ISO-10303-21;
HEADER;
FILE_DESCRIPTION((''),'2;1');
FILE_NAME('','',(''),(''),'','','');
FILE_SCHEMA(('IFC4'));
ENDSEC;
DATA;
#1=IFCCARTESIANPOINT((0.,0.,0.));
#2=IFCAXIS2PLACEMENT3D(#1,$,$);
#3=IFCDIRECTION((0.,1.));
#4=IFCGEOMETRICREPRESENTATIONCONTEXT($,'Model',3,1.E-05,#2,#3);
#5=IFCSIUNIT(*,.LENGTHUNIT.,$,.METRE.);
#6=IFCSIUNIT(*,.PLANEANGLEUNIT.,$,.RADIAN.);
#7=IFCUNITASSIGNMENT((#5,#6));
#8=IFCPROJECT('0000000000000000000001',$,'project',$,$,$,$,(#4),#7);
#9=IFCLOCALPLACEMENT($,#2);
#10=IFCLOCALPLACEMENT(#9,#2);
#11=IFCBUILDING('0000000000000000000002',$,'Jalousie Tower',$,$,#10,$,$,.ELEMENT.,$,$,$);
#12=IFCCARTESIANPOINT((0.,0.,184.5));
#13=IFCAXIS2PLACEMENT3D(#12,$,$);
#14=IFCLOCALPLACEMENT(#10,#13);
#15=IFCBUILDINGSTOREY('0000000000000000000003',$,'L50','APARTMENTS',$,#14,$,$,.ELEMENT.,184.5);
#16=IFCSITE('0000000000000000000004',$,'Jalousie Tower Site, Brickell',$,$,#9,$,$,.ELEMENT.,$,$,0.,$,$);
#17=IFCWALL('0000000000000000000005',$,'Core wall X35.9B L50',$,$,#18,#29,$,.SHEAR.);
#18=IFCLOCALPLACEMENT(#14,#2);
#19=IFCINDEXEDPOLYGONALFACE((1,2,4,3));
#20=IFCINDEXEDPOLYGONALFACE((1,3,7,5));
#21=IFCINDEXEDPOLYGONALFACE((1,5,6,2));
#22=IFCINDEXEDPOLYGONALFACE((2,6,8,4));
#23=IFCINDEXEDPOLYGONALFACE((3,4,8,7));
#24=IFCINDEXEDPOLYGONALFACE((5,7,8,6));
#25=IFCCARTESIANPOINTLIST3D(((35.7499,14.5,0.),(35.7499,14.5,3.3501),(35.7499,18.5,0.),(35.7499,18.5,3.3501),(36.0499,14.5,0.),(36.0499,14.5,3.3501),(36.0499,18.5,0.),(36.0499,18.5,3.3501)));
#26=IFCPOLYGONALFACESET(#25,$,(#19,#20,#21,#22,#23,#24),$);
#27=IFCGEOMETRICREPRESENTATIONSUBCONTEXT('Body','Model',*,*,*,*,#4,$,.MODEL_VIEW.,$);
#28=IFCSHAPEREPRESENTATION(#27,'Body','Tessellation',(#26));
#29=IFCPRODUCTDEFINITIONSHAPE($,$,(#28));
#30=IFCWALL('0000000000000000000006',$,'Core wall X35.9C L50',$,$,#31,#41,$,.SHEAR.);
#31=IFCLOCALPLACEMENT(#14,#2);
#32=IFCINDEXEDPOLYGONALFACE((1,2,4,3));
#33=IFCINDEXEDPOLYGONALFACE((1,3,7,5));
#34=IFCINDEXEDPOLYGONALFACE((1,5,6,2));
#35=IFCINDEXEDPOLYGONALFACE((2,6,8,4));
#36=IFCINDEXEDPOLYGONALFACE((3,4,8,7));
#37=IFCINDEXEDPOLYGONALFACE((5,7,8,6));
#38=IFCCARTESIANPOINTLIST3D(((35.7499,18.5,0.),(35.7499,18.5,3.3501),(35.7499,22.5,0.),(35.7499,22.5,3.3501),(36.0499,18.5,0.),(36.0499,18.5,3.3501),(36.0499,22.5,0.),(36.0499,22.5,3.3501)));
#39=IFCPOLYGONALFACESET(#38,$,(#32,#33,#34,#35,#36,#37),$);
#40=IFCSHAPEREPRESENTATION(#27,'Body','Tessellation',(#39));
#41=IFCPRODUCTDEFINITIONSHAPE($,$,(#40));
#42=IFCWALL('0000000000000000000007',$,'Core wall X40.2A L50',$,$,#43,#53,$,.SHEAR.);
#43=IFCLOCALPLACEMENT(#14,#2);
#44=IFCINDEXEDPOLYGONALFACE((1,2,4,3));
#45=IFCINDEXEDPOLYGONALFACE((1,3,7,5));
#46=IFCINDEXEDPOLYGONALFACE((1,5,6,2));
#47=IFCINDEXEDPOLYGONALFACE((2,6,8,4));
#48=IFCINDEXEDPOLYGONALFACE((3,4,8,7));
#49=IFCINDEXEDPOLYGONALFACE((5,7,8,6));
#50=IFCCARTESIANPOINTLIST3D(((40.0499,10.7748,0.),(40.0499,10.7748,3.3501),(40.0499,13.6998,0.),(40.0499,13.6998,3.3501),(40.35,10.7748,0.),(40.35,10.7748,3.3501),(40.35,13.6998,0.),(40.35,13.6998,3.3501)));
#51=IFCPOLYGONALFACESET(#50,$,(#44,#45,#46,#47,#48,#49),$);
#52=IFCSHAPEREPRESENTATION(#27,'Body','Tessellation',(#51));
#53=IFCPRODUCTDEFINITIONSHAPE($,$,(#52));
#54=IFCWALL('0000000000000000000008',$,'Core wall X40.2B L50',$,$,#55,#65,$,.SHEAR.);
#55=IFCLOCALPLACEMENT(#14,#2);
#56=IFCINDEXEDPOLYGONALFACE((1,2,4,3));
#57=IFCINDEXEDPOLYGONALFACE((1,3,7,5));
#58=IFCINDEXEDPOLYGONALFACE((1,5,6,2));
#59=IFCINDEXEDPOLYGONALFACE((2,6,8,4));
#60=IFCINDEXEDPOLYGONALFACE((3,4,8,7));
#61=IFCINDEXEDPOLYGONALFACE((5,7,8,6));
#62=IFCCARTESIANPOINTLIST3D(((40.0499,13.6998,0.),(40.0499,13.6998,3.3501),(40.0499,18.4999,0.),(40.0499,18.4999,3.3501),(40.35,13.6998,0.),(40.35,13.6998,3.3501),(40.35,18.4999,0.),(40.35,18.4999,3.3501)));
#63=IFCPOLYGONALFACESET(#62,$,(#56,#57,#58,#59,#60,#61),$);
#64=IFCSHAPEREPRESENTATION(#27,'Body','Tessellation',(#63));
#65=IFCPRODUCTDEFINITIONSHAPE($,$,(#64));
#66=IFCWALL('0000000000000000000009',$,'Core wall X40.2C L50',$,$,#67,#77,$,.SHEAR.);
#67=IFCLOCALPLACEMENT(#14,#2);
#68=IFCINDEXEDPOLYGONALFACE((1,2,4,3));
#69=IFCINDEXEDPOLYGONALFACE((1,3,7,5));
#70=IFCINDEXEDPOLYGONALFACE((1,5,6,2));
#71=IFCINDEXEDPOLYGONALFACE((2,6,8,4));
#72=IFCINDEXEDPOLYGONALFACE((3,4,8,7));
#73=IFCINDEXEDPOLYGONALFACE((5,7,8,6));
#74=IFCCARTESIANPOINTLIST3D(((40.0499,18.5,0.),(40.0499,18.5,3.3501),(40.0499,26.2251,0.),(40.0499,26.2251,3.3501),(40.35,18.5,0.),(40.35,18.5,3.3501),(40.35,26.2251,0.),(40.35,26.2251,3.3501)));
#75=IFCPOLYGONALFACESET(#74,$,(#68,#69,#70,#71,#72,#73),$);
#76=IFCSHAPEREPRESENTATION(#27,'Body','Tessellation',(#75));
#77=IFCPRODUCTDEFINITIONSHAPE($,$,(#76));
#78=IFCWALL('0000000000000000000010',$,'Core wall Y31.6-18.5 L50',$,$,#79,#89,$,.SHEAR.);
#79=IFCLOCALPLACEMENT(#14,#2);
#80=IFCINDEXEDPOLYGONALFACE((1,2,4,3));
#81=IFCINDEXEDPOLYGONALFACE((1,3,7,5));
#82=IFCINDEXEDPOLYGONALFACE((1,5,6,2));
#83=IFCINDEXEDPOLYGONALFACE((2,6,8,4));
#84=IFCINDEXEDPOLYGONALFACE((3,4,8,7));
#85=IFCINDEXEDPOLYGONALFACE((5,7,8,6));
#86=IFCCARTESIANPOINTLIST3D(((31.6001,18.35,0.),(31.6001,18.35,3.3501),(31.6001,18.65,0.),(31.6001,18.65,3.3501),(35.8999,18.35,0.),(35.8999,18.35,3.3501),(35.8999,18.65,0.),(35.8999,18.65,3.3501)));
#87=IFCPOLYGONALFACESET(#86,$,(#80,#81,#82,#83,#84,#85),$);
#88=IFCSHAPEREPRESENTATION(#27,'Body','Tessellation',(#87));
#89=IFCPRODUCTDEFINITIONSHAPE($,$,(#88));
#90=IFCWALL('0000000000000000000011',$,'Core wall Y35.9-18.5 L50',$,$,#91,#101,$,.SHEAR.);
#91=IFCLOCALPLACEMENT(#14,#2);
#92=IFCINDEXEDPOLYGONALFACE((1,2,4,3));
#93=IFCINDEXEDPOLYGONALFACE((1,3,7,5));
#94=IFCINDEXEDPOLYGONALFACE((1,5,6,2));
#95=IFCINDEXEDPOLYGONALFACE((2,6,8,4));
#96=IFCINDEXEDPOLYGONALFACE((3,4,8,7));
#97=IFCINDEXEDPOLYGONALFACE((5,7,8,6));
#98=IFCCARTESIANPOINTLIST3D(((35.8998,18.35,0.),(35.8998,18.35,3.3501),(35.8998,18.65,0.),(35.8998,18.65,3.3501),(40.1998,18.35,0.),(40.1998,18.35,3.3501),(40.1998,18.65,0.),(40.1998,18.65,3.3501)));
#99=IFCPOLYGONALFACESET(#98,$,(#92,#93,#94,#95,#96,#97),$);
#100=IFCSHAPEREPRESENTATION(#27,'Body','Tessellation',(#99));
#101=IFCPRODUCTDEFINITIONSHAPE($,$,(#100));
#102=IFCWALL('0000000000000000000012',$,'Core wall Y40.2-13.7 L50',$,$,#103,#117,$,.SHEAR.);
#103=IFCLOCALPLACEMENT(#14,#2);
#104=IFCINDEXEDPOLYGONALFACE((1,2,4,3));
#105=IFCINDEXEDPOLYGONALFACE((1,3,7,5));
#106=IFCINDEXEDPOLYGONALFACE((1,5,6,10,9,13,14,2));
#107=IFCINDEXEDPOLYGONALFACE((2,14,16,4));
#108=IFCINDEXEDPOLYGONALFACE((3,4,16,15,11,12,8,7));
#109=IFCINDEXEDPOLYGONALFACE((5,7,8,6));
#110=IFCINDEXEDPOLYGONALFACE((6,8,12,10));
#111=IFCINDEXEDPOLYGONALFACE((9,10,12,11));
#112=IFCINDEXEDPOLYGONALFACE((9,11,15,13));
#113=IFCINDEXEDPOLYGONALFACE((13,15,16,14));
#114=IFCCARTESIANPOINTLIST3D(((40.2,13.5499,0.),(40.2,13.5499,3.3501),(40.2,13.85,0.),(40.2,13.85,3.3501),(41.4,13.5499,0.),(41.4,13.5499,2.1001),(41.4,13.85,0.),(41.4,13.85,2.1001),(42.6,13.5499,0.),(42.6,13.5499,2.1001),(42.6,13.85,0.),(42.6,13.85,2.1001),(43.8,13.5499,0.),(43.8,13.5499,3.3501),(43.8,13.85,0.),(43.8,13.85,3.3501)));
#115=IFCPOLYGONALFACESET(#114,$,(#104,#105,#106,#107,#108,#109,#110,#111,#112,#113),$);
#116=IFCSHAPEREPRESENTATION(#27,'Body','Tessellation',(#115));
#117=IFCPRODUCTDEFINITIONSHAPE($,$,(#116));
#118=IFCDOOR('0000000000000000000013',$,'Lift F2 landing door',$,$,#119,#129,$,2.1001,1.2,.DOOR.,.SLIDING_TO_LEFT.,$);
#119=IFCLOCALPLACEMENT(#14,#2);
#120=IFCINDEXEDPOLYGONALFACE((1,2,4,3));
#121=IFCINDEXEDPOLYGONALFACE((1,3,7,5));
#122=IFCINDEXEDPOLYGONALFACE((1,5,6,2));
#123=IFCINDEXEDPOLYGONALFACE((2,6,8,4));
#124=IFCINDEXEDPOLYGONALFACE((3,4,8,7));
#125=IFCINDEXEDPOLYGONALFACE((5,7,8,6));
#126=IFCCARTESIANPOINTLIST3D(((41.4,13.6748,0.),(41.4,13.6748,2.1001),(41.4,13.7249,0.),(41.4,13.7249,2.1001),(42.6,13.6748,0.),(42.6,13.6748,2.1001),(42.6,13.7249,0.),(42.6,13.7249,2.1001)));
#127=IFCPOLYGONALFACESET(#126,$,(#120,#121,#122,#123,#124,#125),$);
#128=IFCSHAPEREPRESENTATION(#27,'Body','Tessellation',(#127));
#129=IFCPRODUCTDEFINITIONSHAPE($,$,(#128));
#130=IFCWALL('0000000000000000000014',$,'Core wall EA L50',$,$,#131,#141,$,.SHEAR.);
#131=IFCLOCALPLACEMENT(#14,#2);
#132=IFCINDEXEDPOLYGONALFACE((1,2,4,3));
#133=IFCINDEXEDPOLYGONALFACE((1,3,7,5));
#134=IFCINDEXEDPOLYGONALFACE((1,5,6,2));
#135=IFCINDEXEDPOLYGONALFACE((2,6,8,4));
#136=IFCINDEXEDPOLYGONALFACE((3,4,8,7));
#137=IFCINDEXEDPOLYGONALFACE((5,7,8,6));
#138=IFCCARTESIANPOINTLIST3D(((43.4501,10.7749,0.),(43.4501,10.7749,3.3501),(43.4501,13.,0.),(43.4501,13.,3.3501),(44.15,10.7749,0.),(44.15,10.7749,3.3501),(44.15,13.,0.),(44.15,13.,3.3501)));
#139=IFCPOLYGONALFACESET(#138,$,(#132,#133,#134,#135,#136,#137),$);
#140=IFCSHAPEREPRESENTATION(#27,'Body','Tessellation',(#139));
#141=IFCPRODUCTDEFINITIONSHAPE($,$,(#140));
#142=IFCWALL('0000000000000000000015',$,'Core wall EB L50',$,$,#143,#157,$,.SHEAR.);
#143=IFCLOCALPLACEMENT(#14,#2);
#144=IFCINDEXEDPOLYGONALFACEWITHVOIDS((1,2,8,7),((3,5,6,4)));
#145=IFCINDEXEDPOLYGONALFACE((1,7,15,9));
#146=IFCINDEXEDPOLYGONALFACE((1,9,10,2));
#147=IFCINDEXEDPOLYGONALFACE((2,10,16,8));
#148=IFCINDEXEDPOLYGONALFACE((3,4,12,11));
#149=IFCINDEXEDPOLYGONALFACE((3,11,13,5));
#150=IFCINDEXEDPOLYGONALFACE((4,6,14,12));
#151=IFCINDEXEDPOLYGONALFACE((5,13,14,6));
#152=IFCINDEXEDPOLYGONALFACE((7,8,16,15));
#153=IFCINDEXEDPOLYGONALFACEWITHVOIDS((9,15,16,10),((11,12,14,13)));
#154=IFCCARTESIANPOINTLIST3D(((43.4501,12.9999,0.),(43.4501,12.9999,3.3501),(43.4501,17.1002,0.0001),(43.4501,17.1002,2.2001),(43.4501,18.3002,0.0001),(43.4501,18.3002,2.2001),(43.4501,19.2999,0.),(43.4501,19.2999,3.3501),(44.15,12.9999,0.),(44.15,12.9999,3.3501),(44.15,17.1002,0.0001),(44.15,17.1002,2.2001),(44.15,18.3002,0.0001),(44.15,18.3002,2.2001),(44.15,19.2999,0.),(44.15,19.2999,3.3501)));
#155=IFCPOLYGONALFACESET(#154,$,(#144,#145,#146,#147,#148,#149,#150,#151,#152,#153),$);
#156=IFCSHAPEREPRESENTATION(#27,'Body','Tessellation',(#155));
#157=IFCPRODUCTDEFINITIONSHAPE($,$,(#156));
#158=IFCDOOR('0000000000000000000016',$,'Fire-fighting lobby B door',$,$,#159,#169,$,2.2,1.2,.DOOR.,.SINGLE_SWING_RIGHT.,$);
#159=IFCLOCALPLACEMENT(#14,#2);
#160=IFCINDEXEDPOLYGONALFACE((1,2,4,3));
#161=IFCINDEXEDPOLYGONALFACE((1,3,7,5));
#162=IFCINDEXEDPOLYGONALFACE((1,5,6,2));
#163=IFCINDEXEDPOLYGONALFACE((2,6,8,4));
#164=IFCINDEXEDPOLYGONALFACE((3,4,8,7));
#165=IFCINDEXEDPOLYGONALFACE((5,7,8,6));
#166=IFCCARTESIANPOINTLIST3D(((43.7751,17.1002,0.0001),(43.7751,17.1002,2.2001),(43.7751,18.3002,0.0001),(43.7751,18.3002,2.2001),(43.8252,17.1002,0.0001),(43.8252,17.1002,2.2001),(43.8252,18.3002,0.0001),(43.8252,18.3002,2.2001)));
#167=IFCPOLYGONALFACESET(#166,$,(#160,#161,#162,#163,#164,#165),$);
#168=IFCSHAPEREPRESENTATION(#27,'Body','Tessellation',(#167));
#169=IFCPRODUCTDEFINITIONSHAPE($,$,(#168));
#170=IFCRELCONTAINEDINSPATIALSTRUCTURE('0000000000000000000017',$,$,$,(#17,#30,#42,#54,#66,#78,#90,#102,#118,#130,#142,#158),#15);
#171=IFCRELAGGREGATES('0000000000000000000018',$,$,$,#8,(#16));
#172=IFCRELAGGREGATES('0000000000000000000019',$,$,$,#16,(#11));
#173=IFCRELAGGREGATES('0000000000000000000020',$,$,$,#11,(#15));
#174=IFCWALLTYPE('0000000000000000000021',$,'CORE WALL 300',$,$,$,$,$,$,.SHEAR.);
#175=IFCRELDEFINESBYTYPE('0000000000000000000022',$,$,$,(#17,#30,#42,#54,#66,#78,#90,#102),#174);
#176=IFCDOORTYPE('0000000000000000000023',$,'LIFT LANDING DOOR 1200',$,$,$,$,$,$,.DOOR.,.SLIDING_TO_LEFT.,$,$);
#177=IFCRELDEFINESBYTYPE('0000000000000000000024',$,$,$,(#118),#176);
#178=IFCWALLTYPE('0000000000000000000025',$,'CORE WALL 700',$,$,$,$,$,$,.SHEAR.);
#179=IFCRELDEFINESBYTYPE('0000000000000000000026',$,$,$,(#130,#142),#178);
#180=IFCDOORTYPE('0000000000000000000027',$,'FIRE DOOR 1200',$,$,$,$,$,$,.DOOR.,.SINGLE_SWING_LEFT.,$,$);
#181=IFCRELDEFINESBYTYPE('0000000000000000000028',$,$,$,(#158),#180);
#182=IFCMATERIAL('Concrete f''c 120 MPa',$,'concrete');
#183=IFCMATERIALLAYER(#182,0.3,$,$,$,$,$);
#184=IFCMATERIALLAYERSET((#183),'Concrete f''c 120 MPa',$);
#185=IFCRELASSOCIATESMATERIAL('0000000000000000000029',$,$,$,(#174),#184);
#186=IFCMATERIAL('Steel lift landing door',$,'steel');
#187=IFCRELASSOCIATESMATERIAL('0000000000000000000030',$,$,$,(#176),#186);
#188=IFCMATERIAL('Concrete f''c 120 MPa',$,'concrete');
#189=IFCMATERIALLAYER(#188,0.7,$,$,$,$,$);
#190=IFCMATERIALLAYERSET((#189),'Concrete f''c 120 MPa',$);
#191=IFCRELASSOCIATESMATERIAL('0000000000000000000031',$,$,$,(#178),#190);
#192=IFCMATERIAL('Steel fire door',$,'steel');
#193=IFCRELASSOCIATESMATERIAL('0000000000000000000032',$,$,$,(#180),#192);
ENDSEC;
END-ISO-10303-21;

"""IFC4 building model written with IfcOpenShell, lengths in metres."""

from ifc_helpers import new_model, si_unit, direction, frame, frame_2d, origin, place, context, subcontext, project, spatial, rectangle, extrude, material, layer, layer_set, type_object, element, fill, save


model = new_model("IFC4")

# Units and contexts
model_context = context("Model", 3, precision=1e-05, world=origin(), true_north=direction((0.0, 1.0)))
body_context = subcontext(model_context, "Body", "Model", "MODEL_VIEW")
ifc_project = project(units=[si_unit("LENGTHUNIT", "METRE"), si_unit("PLANEANGLEUNIT", "RADIAN")], contexts=[model_context])

# Site, building, storey
site_placement = place(None, origin())
site = spatial("IfcSite", under=ifc_project, at=site_placement, Name="Jalousie Tower Site, Brickell", CompositionType="ELEMENT", RefElevation=0.0)
building_placement = place(site_placement, origin())
building = spatial("IfcBuilding", under=site, at=building_placement, Name="Jalousie Tower", CompositionType="ELEMENT")
storey_placement = place(building_placement, frame((0.0, 0.0, 184.5)))
storey = spatial("IfcBuildingStorey", under=building, at=storey_placement, Name="L50", Description="APARTMENTS", CompositionType="ELEMENT", Elevation=184.5)

# Walls
ifc_material_1 = material(Name="Concrete f'c 120 MPa", Category="concrete")
ifc_layer_1 = layer(ifc_material_1, 0.3)
ifc_layer_set_1 = layer_set([ifc_layer_1], Name="Concrete f'c 120 MPa")
wall_type_1 = type_object("IfcWallType", Name="CORE WALL 300", PredefinedType="SHEAR", material=ifc_layer_set_1)
for number, where, z_axis, x_axis, name in (
    (1, (35.8999, 14.5, 0.0), (0.0, 0.0, 1.0), (0.0, 1.0, 0.0), "Core wall X35.9B L50"),
    (2, (35.8999, 18.5, 0.0), (0.0, 0.0, 1.0), (0.0, 1.0, 0.0), "Core wall X35.9C L50"),
):
    element("IfcWall", number, at=place(storey_placement, frame(where, z_axis=z_axis, x_axis=x_axis)), inside=storey, type_object=wall_type_1, Name=name, PredefinedType="SHEAR", context=body_context, shape_type="SweptSolid", body=[
        extrude(rectangle(XDim=4.0, YDim=0.3, at=frame_2d((2.0, 0.0))), origin(), (0.0, 0.0, 1.0), 3.3501),
    ])
wall_1_placement = place(storey_placement, frame((40.2, 10.7749, 0.0), z_axis=(0.0, 0.0, 1.0), x_axis=(0.0, 1.0, 0.0)))
element("IfcWall", 3, at=wall_1_placement, inside=storey, type_object=wall_type_1, Name="Core wall X40.2A L50", PredefinedType="SHEAR", context=body_context, shape_type="SweptSolid", body=[
    extrude(rectangle(XDim=2.925, YDim=0.3, at=frame_2d((1.4624, 0.0))), origin(), (0.0, 0.0, 1.0), 3.3501),
])
wall_2_placement = place(storey_placement, frame((40.2, 13.7, 0.0), z_axis=(0.0, 0.0, 1.0), x_axis=(0.0, 1.0, 0.0)))
element("IfcWall", 4, at=wall_2_placement, inside=storey, type_object=wall_type_1, Name="Core wall X40.2B L50", PredefinedType="SHEAR", context=body_context, shape_type="SweptSolid", body=[
    extrude(rectangle(XDim=4.8, YDim=0.3, at=frame_2d((2.3999, 0.0))), origin(), (0.0, 0.0, 1.0), 3.3501),
])
wall_3_placement = place(storey_placement, frame((40.2, 18.5, 0.0), z_axis=(0.0, 0.0, 1.0), x_axis=(0.0, 1.0, 0.0)))
element("IfcWall", 5, at=wall_3_placement, inside=storey, type_object=wall_type_1, Name="Core wall X40.2C L50", PredefinedType="SHEAR", context=body_context, shape_type="SweptSolid", body=[
    extrude(rectangle(XDim=7.7251, YDim=0.3, at=frame_2d((3.8625, 0.0))), origin(), (0.0, 0.0, 1.0), 3.3501),
])
wall_4_placement = place(storey_placement, frame((31.6001, 18.5, 0.0), z_axis=(0.0, 0.0, 1.0), x_axis=(1.0, 0.0, 0.0)))
element("IfcWall", 6, at=wall_4_placement, inside=storey, type_object=wall_type_1, Name="Core wall Y31.6-18.5 L50", PredefinedType="SHEAR", context=body_context, shape_type="SweptSolid", body=[
    extrude(rectangle(XDim=4.2998, YDim=0.3, at=frame_2d((2.1499, 0.0))), origin(), (0.0, 0.0, 1.0), 3.3501),
])
wall_5_placement = place(storey_placement, frame((35.8999, 18.5, 0.0), z_axis=(0.0, 0.0, 1.0), x_axis=(1.0, 0.0, 0.0)))
element("IfcWall", 7, at=wall_5_placement, inside=storey, type_object=wall_type_1, Name="Core wall Y35.9-18.5 L50", PredefinedType="SHEAR", context=body_context, shape_type="SweptSolid", body=[
    extrude(rectangle(XDim=4.3, YDim=0.3, at=frame_2d((2.1499, 0.0))), origin(), (0.0, 0.0, 1.0), 3.3501),
])

# Wall, opening, door
wall_6_placement = place(storey_placement, frame((40.2, 13.7, 0.0), z_axis=(0.0, 0.0, 1.0), x_axis=(1.0, 0.0, 0.0)))
wall_6 = element("IfcWall", 8, at=wall_6_placement, inside=storey, type_object=wall_type_1, Name="Core wall Y40.2-13.7 L50", PredefinedType="SHEAR", context=body_context, shape_type="SweptSolid", body=[
    extrude(rectangle(XDim=3.6001, YDim=0.3, at=frame_2d((1.8, 0.0))), origin(), (0.0, 0.0, 1.0), 3.3501),
])
opening_1_placement = place(wall_6_placement, frame((1.2, 0.0, 0.0)))
opening_1 = element("IfcOpeningElement", 9, at=opening_1_placement, cuts=wall_6, PredefinedType="OPENING", context=body_context, shape_type="SweptSolid", body=[
    extrude(rectangle(XDim=1.2, YDim=2.1001, at=frame_2d((0.6001, 1.05))), frame((0.0, 0.1599, 0.0), z_axis=(0.0, -1.0, 0.0), x_axis=(1.0, 0.0, 0.0)), (0.0, 0.0, 1.0), 0.3201),
])
ifc_material_2 = material(Name="Steel lift landing door", Category="steel")
door_type_1 = type_object("IfcDoorType", Name="LIFT LANDING DOOR 1200", OperationType="SLIDING_TO_LEFT", PredefinedType="DOOR", material=ifc_material_2)
door_1_placement = place(opening_1_placement, origin())
door_1 = element("IfcDoor", 10, at=door_1_placement, inside=storey, type_object=door_type_1, Name="Lift F2 landing door", OperationType="SLIDING_TO_LEFT", OverallHeight=2.1001, OverallWidth=1.2, PredefinedType="DOOR", context=body_context, shape_type="SweptSolid", body=[
    extrude(rectangle(XDim=1.2, YDim=2.1001, at=frame_2d((0.6001, 1.05))), frame((0.0, 0.0249, 0.0), z_axis=(0.0, -1.0, 0.0), x_axis=(1.0, 0.0, 0.0)), (0.0, 0.0, 1.0), 0.05),
])
fill(opening_1, door_1)

# Wall
ifc_material_3 = material(Name="Concrete f'c 120 MPa", Category="concrete")
ifc_layer_2 = layer(ifc_material_3, 0.7)
ifc_layer_set_2 = layer_set([ifc_layer_2], Name="Concrete f'c 120 MPa")
wall_type_2 = type_object("IfcWallType", Name="CORE WALL 700", PredefinedType="SHEAR", material=ifc_layer_set_2)
wall_7_placement = place(storey_placement, frame((43.8, 10.7749, 0.0), z_axis=(0.0, 0.0, 1.0), x_axis=(0.0, 1.0, 0.0)))
element("IfcWall", 11, at=wall_7_placement, inside=storey, type_object=wall_type_2, Name="Core wall EA L50", PredefinedType="SHEAR", context=body_context, shape_type="SweptSolid", body=[
    extrude(rectangle(XDim=2.2251, YDim=0.7, at=frame_2d((1.1125, 0.0))), origin(), (0.0, 0.0, 1.0), 3.3501),
])

# Wall, opening, door
wall_8_placement = place(storey_placement, frame((43.8, 13.0, 0.0), z_axis=(0.0, 0.0, 1.0), x_axis=(0.0, 1.0, 0.0)))
wall_8 = element("IfcWall", 12, at=wall_8_placement, inside=storey, type_object=wall_type_2, Name="Core wall EB L50", PredefinedType="SHEAR", context=body_context, shape_type="SweptSolid", body=[
    extrude(rectangle(XDim=6.3, YDim=0.7, at=frame_2d((3.1499, 0.0))), origin(), (0.0, 0.0, 1.0), 3.3501),
])
opening_2_placement = place(wall_8_placement, frame((4.1001, 0.0, 0.0)))
opening_2 = element("IfcOpeningElement", 13, at=opening_2_placement, cuts=wall_8, PredefinedType="OPENING", context=body_context, shape_type="SweptSolid", body=[
    extrude(rectangle(XDim=1.2, YDim=2.2, at=frame_2d((0.6001, 1.1001))), frame((0.0, 0.3599, 0.0), z_axis=(0.0, -1.0, 0.0), x_axis=(1.0, 0.0, 0.0)), (0.0, 0.0, 1.0), 0.72),
])
ifc_material_4 = material(Name="Steel fire door", Category="steel")
door_type_2 = type_object("IfcDoorType", Name="FIRE DOOR 1200", OperationType="SINGLE_SWING_LEFT", PredefinedType="DOOR", material=ifc_material_4)
door_2_placement = place(opening_2_placement, origin())
door_2 = element("IfcDoor", 14, at=door_2_placement, inside=storey, type_object=door_type_2, Name="Fire-fighting lobby B door", OperationType="SINGLE_SWING_RIGHT", OverallHeight=2.2, OverallWidth=1.2, PredefinedType="DOOR", context=body_context, shape_type="SweptSolid", body=[
    extrude(rectangle(XDim=1.2, YDim=2.2, at=frame_2d((0.6001, 1.1001))), frame((0.0, 0.0249, 0.0), z_axis=(0.0, -1.0, 0.0), x_axis=(1.0, 0.0, 0.0)), (0.0, 0.0, 1.0), 0.05),
])
fill(opening_2, door_2)

save(model, "model.ifc")
